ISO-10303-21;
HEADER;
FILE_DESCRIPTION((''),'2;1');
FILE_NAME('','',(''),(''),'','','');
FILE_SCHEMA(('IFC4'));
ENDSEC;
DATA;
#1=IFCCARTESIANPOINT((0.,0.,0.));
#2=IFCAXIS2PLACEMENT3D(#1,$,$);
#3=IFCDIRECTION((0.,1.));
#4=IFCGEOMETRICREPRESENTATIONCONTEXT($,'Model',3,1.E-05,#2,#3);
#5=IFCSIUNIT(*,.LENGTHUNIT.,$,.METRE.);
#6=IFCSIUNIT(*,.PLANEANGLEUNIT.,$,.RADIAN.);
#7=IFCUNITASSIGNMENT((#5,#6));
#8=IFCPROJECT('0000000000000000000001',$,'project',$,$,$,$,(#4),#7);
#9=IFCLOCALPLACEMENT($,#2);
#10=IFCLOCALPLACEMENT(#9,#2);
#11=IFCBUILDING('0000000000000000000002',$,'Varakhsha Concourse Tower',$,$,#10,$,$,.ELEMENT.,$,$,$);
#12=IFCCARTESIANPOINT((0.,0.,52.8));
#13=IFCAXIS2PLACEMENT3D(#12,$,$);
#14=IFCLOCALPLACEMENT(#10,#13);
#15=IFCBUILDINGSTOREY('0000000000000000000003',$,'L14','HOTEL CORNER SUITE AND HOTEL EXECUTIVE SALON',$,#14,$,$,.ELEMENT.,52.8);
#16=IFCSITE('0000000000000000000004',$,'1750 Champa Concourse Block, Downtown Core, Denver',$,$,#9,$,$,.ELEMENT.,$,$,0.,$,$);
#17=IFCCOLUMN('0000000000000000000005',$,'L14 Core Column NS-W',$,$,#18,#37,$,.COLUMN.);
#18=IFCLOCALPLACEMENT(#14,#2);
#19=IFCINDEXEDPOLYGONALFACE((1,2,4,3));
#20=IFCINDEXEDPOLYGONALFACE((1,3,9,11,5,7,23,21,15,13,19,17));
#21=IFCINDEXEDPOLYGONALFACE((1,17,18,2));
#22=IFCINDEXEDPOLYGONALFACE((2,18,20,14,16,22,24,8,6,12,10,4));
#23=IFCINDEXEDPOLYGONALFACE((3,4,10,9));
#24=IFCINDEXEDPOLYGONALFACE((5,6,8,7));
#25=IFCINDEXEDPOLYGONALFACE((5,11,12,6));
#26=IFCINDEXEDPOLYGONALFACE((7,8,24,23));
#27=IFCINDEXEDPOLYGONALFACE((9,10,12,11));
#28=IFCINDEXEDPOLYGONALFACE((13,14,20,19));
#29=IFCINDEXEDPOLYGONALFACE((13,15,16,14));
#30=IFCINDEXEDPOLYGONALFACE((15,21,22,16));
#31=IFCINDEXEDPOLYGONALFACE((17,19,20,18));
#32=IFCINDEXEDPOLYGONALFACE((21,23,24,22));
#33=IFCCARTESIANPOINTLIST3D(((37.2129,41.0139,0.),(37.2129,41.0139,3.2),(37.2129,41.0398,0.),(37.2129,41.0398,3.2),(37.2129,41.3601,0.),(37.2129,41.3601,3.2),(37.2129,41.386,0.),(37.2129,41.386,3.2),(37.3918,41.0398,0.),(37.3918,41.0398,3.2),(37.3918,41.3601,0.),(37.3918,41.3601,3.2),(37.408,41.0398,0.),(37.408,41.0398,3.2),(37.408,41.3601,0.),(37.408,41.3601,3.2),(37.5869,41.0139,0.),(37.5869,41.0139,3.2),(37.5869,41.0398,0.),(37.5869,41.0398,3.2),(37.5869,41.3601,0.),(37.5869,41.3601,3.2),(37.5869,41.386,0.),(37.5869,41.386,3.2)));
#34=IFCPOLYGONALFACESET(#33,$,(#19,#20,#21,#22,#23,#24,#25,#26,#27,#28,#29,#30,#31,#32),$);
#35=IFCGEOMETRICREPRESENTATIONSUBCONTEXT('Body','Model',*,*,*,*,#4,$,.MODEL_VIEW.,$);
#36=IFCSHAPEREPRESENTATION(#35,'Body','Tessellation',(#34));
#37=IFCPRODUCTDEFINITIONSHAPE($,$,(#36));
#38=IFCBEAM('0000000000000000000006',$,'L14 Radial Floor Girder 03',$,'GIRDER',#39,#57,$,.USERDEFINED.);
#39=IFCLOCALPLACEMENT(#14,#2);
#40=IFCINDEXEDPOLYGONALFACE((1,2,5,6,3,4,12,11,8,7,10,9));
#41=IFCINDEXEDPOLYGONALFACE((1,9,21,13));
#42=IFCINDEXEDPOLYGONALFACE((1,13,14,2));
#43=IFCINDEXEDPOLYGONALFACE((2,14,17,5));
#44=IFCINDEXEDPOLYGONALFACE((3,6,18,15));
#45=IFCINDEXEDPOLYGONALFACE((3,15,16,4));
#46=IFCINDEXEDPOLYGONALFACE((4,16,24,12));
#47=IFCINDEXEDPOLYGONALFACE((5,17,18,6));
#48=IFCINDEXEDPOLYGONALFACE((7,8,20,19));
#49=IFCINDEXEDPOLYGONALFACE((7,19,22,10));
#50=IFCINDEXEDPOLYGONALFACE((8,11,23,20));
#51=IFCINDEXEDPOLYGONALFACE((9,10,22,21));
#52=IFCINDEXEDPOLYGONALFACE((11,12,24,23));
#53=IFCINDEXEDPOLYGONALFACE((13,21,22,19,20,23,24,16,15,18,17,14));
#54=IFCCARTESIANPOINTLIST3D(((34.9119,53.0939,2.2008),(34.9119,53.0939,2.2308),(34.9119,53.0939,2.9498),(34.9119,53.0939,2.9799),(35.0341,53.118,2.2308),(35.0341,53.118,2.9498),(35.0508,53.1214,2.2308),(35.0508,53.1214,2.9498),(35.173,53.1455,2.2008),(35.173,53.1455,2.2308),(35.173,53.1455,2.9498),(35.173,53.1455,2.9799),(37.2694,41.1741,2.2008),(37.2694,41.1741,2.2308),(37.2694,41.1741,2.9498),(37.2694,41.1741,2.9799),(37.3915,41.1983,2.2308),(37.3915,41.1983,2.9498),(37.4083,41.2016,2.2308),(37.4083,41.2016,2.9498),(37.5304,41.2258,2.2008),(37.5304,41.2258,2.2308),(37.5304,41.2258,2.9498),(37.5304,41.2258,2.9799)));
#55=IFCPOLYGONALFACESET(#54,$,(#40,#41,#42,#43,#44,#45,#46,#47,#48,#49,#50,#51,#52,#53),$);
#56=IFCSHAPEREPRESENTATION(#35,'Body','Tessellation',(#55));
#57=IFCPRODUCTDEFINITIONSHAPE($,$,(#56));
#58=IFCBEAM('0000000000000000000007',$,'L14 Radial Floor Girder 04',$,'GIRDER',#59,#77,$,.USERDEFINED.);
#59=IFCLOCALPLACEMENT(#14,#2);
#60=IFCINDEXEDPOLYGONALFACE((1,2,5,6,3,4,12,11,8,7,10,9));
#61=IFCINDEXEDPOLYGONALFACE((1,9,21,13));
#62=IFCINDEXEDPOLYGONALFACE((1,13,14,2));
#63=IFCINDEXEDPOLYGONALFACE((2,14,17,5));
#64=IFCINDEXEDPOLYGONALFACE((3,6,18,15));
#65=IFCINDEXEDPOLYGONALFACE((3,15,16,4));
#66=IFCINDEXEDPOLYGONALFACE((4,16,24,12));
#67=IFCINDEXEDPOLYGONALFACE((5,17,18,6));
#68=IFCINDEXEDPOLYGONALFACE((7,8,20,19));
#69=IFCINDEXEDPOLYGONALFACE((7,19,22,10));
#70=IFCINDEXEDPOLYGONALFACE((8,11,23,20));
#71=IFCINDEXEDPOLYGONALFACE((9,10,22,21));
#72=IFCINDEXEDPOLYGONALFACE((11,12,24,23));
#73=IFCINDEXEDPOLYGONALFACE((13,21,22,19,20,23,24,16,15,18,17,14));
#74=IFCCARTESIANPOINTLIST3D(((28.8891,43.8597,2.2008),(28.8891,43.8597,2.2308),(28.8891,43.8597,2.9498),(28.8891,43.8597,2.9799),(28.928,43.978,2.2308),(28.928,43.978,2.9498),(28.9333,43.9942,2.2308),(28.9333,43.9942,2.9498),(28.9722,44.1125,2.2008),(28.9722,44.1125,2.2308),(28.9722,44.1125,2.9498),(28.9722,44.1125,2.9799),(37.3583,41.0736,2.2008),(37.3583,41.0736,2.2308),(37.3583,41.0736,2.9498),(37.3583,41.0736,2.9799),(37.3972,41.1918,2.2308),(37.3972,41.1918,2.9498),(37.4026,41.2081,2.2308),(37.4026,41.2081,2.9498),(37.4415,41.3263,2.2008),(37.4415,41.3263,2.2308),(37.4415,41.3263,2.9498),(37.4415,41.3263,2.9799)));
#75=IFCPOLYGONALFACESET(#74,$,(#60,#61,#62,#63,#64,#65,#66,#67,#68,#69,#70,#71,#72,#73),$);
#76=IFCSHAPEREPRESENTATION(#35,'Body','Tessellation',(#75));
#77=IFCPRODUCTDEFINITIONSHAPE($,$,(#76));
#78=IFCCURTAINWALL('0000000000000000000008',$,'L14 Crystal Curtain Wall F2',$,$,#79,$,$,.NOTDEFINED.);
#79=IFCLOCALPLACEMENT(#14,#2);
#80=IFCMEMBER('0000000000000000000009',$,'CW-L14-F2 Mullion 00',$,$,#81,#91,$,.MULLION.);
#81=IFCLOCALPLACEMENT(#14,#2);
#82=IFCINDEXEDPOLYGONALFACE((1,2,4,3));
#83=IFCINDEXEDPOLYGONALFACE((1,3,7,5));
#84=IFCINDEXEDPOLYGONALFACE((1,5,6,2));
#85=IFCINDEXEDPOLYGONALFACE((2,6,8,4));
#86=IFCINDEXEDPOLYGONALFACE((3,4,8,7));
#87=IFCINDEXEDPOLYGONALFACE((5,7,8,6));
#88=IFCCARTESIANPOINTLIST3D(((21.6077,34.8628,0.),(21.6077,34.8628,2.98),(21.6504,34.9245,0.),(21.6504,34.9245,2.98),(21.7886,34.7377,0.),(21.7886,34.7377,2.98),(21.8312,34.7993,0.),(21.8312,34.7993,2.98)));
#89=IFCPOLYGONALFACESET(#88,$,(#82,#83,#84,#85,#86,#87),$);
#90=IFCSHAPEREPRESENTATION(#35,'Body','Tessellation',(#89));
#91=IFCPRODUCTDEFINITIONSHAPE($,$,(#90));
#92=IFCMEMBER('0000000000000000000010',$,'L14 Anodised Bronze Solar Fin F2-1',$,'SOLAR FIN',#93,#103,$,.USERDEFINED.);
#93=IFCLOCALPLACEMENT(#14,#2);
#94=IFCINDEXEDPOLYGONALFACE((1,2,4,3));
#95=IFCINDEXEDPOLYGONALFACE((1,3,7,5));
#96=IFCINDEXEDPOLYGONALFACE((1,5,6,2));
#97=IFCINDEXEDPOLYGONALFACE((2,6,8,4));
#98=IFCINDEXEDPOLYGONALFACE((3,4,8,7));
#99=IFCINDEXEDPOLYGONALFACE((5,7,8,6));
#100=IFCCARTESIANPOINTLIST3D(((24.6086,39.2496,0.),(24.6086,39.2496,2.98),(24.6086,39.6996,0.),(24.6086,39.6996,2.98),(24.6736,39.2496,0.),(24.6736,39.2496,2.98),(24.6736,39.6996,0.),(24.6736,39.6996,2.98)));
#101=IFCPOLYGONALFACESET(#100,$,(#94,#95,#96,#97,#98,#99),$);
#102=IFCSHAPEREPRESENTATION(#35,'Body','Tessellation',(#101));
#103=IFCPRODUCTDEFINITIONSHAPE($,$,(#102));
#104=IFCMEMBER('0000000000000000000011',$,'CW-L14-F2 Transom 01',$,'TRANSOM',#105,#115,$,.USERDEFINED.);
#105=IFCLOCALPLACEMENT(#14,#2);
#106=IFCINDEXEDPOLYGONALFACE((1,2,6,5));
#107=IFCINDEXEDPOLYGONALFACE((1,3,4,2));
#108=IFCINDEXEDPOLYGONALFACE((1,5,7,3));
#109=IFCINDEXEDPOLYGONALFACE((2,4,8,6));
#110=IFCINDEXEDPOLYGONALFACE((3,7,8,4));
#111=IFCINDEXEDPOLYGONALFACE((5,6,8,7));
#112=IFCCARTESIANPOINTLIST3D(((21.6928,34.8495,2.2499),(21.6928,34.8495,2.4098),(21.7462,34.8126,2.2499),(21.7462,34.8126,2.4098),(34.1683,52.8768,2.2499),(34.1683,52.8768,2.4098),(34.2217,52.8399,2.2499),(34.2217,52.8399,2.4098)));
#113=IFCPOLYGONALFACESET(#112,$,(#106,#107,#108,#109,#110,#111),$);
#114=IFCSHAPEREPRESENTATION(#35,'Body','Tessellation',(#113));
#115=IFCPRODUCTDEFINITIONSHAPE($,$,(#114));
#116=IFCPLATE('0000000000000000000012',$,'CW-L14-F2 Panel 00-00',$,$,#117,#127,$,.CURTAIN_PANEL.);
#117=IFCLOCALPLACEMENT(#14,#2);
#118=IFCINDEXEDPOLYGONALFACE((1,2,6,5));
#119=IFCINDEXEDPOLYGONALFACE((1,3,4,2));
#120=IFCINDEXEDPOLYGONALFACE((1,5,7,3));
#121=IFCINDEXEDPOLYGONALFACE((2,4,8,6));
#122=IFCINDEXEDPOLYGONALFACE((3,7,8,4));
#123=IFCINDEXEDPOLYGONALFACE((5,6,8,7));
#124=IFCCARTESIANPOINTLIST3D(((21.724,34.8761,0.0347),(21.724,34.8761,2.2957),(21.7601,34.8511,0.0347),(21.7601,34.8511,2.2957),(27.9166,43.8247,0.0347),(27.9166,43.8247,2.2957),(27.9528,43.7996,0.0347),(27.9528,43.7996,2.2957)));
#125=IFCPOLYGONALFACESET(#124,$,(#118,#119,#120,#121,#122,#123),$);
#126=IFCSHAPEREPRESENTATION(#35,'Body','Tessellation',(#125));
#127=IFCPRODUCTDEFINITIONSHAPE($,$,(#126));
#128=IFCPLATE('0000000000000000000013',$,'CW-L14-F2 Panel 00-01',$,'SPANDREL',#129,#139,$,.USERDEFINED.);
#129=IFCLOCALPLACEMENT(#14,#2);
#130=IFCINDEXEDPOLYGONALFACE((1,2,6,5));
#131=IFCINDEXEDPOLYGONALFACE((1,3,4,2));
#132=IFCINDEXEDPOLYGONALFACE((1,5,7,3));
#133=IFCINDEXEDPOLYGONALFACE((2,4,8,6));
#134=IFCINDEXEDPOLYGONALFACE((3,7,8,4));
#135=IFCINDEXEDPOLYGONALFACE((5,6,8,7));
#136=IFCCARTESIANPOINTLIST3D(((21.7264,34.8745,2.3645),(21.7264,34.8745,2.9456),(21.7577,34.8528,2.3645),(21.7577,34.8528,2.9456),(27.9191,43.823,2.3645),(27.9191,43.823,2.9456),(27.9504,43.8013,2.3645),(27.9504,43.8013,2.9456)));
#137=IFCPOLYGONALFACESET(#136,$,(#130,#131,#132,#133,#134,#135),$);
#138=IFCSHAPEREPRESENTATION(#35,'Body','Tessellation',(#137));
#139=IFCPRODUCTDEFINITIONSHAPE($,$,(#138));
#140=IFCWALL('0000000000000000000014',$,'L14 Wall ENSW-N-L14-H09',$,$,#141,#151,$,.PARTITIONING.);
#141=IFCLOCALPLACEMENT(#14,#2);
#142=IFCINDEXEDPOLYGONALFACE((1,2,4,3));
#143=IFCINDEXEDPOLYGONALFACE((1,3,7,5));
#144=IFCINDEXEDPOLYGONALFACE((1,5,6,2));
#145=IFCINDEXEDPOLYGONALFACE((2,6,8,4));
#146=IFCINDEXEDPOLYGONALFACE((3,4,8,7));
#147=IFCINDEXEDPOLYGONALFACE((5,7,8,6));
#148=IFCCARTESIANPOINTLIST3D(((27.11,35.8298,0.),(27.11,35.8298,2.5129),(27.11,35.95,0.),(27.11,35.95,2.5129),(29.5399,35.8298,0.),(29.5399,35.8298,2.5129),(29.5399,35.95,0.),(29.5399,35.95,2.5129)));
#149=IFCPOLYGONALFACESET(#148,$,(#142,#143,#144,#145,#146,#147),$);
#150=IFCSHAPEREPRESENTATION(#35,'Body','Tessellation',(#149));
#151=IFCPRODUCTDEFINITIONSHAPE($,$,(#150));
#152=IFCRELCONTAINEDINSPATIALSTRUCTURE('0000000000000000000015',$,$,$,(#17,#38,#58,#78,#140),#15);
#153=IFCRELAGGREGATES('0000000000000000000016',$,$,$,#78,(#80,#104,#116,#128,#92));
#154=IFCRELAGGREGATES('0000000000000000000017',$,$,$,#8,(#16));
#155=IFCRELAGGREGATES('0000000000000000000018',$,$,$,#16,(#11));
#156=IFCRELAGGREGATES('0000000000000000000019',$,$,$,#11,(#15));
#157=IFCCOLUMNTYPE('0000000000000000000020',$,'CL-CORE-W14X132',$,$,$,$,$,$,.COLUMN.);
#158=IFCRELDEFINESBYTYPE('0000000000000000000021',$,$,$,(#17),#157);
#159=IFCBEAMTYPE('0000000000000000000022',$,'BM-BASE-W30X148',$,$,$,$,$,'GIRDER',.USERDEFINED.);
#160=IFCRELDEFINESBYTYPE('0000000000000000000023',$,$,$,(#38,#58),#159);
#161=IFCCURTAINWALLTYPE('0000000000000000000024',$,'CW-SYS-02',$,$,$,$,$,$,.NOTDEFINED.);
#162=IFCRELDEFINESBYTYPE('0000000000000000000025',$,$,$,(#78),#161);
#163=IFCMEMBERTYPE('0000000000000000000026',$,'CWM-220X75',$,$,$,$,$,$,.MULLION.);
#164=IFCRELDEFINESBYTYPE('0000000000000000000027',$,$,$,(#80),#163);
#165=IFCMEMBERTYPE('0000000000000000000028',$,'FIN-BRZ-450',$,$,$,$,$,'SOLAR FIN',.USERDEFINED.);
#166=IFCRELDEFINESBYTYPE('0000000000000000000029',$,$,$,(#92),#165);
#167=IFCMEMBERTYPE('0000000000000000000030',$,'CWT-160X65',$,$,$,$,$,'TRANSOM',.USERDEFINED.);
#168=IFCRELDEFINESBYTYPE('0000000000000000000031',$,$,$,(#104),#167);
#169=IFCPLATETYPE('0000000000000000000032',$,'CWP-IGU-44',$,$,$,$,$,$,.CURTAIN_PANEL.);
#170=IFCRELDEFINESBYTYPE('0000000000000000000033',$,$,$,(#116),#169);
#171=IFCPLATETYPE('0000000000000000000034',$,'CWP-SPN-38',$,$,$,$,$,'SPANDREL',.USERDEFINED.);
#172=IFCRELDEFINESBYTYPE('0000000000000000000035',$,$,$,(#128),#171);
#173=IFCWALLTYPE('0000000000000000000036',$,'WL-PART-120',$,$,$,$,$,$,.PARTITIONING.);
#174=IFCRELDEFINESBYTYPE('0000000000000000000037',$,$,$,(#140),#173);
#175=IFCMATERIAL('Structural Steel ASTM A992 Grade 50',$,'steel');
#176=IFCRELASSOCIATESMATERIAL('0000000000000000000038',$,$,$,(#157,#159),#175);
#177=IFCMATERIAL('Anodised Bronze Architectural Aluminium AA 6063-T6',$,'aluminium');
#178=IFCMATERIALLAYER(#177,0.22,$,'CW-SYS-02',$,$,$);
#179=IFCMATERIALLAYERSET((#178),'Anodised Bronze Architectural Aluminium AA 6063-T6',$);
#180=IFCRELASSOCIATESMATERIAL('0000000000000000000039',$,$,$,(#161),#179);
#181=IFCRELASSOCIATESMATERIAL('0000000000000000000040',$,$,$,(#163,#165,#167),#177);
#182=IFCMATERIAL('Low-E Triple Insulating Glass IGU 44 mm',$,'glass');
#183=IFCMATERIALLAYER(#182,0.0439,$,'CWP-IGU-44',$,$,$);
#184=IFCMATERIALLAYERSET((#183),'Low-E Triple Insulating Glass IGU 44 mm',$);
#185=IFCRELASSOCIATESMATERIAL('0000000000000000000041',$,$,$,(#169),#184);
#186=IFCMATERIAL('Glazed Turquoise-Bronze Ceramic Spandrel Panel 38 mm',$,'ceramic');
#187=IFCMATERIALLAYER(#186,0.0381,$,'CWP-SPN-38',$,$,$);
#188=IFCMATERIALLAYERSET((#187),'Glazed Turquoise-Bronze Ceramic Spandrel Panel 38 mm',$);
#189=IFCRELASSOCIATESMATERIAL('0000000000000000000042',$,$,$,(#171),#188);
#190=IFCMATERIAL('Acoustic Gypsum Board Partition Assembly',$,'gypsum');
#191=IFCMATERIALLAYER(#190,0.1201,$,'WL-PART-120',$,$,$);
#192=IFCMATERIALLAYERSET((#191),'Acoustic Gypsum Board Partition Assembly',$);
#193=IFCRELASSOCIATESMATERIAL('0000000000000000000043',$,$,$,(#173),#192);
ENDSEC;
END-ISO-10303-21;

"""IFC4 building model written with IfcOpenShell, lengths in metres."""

from ifc_helpers import new_model, si_unit, direction, frame, frame_2d, origin, origin_2d, place, context, subcontext, project, spatial, rectangle, i_section, extrude, source, transform, mapped, material, layer, layer_set, material_profile, profile_set, type_object, type_shapes, element, aggregate, save


model = new_model("IFC4")

# Units and contexts
model_context = context("Model", 3, precision=1e-05, world=origin(), true_north=direction((0.0, 1.0)))
body_context = subcontext(model_context, "Body", "Model", "MODEL_VIEW")
ifc_project = project(units=[si_unit("LENGTHUNIT", "METRE"), si_unit("PLANEANGLEUNIT", "RADIAN")], contexts=[model_context])

# Site, building, storey
site_placement = place(None, origin())
site = spatial("IfcSite", under=ifc_project, at=site_placement, Name="1750 Champa Concourse Block, Downtown Core, Denver", CompositionType="ELEMENT", RefElevation=0.0)
building_placement = place(site_placement, origin())
building = spatial("IfcBuilding", under=site, at=building_placement, Name="Varakhsha Concourse Tower", CompositionType="ELEMENT")
storey_placement = place(building_placement, frame((0.0, 0.0, 52.8)))
storey = spatial("IfcBuildingStorey", under=building, at=storey_placement, Name="L14", Description="HOTEL CORNER SUITE AND HOTEL EXECUTIVE SALON", CompositionType="ELEMENT", Elevation=52.8)

# Column
ifc_material_1 = material(Name="Structural Steel ASTM A992 Grade 50", Category="steel")
ifc_material_profile_1 = material_profile(ifc_material_1, i_section(OverallWidth=0.374, OverallDepth=0.3721, WebThickness=0.0161, FlangeThickness=0.0259, at=origin_2d()), Name="W14X132")
ifc_profile_set_1 = profile_set([ifc_material_profile_1], Name="Structural Steel ASTM A992 Grade 50")
column_type = type_object("IfcColumnType", Name="CL-CORE-W14X132", PredefinedType="COLUMN", material=ifc_profile_set_1)
column_placement = place(storey_placement, frame((37.3999, 41.2, 0.0), z_axis=(0.0, 0.0, 1.0), x_axis=(1.0, 0.0, 0.0)))
element("IfcColumn", 1, at=column_placement, inside=storey, type_object=column_type, Name="L14 Core Column NS-W", PredefinedType="COLUMN", context=body_context, shape_type="SweptSolid", body=[
    extrude(i_section(OverallWidth=0.374, OverallDepth=0.3721, WebThickness=0.0161, FlangeThickness=0.0259, at=origin_2d()), origin(), (0.0, 0.0, 1.0), 3.2),
])

# Beams
ifc_material_profile_2 = material_profile(ifc_material_1, i_section(OverallWidth=0.2661, OverallDepth=0.7791, WebThickness=0.0171, FlangeThickness=0.03, at=origin_2d()), Name="W30X148")
ifc_profile_set_2 = profile_set([ifc_material_profile_2], Name="Structural Steel ASTM A992 Grade 50")
beam_type = type_object("IfcBeamType", Name="BM-BASE-W30X148", ElementType="GIRDER", PredefinedType="USERDEFINED", material=ifc_profile_set_2)
beam_1_placement = place(storey_placement, frame((37.3999, 41.2, 2.5903), z_axis=(-0.194018, 0.980998, 0.0), x_axis=(-0.980998, -0.194018, 0.0)))
element("IfcBeam", 2, at=beam_1_placement, inside=storey, type_object=beam_type, Name="L14 Radial Floor Girder 03", ObjectType="GIRDER", PredefinedType="USERDEFINED", context=body_context, shape_type="SweptSolid", body=[
    extrude(i_section(OverallWidth=0.2661, OverallDepth=0.7791, WebThickness=0.0171, FlangeThickness=0.03, at=origin_2d()), origin(), (0.0, 0.0, 1.0), 12.1506),
])
beam_2_placement = place(storey_placement, frame((37.3999, 41.2, 2.5903), z_axis=(-0.949919, 0.312496, 0.0), x_axis=(-0.312496, -0.949919, 0.0)))
element("IfcBeam", 3, at=beam_2_placement, inside=storey, type_object=beam_type, Name="L14 Radial Floor Girder 04", ObjectType="GIRDER", PredefinedType="USERDEFINED", context=body_context, shape_type="SweptSolid", body=[
    extrude(i_section(OverallWidth=0.2661, OverallDepth=0.7791, WebThickness=0.0171, FlangeThickness=0.03, at=origin_2d()), origin(), (0.0, 0.0, 1.0), 8.9158),
])

# Curtain wall, members, plates
ifc_material_2 = material(Name="Anodised Bronze Architectural Aluminium AA 6063-T6", Category="aluminium")
ifc_layer_1 = layer(ifc_material_2, 0.22, Name="CW-SYS-02")
ifc_layer_set_1 = layer_set([ifc_layer_1], Name="Anodised Bronze Architectural Aluminium AA 6063-T6")
curtain_wall_type = type_object("IfcCurtainWallType", Name="CW-SYS-02", PredefinedType="NOTDEFINED", material=ifc_layer_set_1)
curtain_wall_placement = place(storey_placement, origin())
curtain_wall = element("IfcCurtainWall", 4, at=curtain_wall_placement, inside=storey, type_object=curtain_wall_type, Name="L14 Crystal Curtain Wall F2", PredefinedType="NOTDEFINED")
ifc_material_profile_3 = material_profile(ifc_material_2, rectangle(XDim=0.075, YDim=0.22, at=origin_2d()), Name="CWM-220X75")
ifc_profile_set_3 = profile_set([ifc_material_profile_3], Name="Anodised Bronze Architectural Aluminium AA 6063-T6")
member_type_1 = type_object("IfcMemberType", Name="CWM-220X75", PredefinedType="MULLION", material=ifc_profile_set_3)
shared_shape_1 = source(origin(), body_context, "Body", "SweptSolid", [
    extrude(rectangle(XDim=0.075, YDim=0.22, at=origin_2d()), origin(), (0.0, 0.0, 1.0), 2.98),
])
type_shapes(member_type_1, [shared_shape_1])
member_1_placement = place(storey_placement, frame((21.7195, 34.8311, 0.0), z_axis=(0.0, 0.0, 1.0), x_axis=(0.569057, 0.822298, 0.0)))
member_1 = element("IfcMember", 5, at=member_1_placement, type_object=member_type_1, Name="CW-L14-F2 Mullion 00", PredefinedType="MULLION", context=body_context, shape_type="MappedRepresentation", body=[
    mapped(shared_shape_1, transform((0.0, 0.0, 0.0), scale=1.0)),
])
ifc_material_profile_4 = material_profile(ifc_material_2, rectangle(XDim=0.0649, YDim=0.45, at=origin_2d()), Name="FIN-BRZ-450")
ifc_profile_set_4 = profile_set([ifc_material_profile_4], Name="Anodised Bronze Architectural Aluminium AA 6063-T6")
member_type_2 = type_object("IfcMemberType", Name="FIN-BRZ-450", ElementType="SOLAR FIN", PredefinedType="USERDEFINED", material=ifc_profile_set_4)
shared_shape_2 = source(origin(), body_context, "Body", "SweptSolid", [
    extrude(rectangle(XDim=0.0649, YDim=0.45, at=origin_2d()), origin(), (0.0, 0.0, 1.0), 2.98),
])
type_shapes(member_type_2, [shared_shape_2])
member_2_placement = place(storey_placement, frame((24.6411, 39.4746, 0.0), z_axis=(0.0, 0.0, 1.0), x_axis=(1.0, 0.0, 0.0)))
member_2 = element("IfcMember", 6, at=member_2_placement, type_object=member_type_2, Name="L14 Anodised Bronze Solar Fin F2-1", ObjectType="SOLAR FIN", PredefinedType="USERDEFINED", context=body_context, shape_type="MappedRepresentation", body=[
    mapped(shared_shape_2, transform((0.0, 0.0, 0.0), scale=1.0)),
])
ifc_material_profile_5 = material_profile(ifc_material_2, rectangle(XDim=0.0649, YDim=0.1599, at=origin_2d()), Name="CWT-160X65")
ifc_profile_set_5 = profile_set([ifc_material_profile_5], Name="Anodised Bronze Architectural Aluminium AA 6063-T6")
member_type_3 = type_object("IfcMemberType", Name="CWT-160X65", ElementType="TRANSOM", PredefinedType="USERDEFINED", material=ifc_profile_set_5)
shared_shape_3 = source(origin(), body_context, "Body", "SweptSolid", [
    extrude(rectangle(XDim=0.0649, YDim=0.1599, at=origin_2d()), origin(), (0.0, 0.0, 1.0), 21.9231),
])
type_shapes(member_type_3, [shared_shape_3])
member_3_placement = place(storey_placement, frame((21.7195, 34.8311, 2.3298), z_axis=(0.569059, 0.822296, 0.0), x_axis=(-0.822296, 0.569059, 0.0)))
member_3 = element("IfcMember", 7, at=member_3_placement, type_object=member_type_3, Name="CW-L14-F2 Transom 01", ObjectType="TRANSOM", PredefinedType="USERDEFINED", context=body_context, shape_type="MappedRepresentation", body=[
    mapped(shared_shape_3, transform((0.0, 0.0, 0.0), scale=1.0)),
])
ifc_material_3 = material(Name="Low-E Triple Insulating Glass IGU 44 mm", Category="glass")
ifc_layer_2 = layer(ifc_material_3, 0.0439, Name="CWP-IGU-44")
ifc_layer_set_2 = layer_set([ifc_layer_2], Name="Low-E Triple Insulating Glass IGU 44 mm")
plate_type_1 = type_object("IfcPlateType", Name="CWP-IGU-44", PredefinedType="CURTAIN_PANEL", material=ifc_layer_set_2)
shared_shape_4 = source(origin(), body_context, "Body", "SweptSolid", [
    extrude(rectangle(XDim=10.8823, YDim=0.0439, at=origin_2d()), origin(), (0.0, 0.0, 1.0), 2.261),
])
type_shapes(plate_type_1, [shared_shape_4])
plate_1_placement = place(storey_placement, frame((24.8384, 39.3379, 0.0347), z_axis=(0.0, 0.0, 1.0), x_axis=(0.569057, 0.822298, 0.0)))
plate_1 = element("IfcPlate", 8, at=plate_1_placement, type_object=plate_type_1, Name="CW-L14-F2 Panel 00-00", PredefinedType="CURTAIN_PANEL", context=body_context, shape_type="MappedRepresentation", body=[
    mapped(shared_shape_4, transform((0.0, 0.0, 0.0), scale=1.0)),
])
ifc_material_4 = material(Name="Glazed Turquoise-Bronze Ceramic Spandrel Panel 38 mm", Category="ceramic")
ifc_layer_3 = layer(ifc_material_4, 0.0381, Name="CWP-SPN-38")
ifc_layer_set_3 = layer_set([ifc_layer_3], Name="Glazed Turquoise-Bronze Ceramic Spandrel Panel 38 mm")
plate_type_2 = type_object("IfcPlateType", Name="CWP-SPN-38", ElementType="SPANDREL", PredefinedType="USERDEFINED", material=ifc_layer_set_3)
shared_shape_5 = source(origin(), body_context, "Body", "SweptSolid", [
    extrude(rectangle(XDim=10.8823, YDim=0.0381, at=origin_2d()), origin(), (0.0, 0.0, 1.0), 0.5811),
])
type_shapes(plate_type_2, [shared_shape_5])
plate_2_placement = place(storey_placement, frame((24.8384, 39.3379, 2.3645), z_axis=(0.0, 0.0, 1.0), x_axis=(0.569057, 0.822298, 0.0)))
plate_2 = element("IfcPlate", 9, at=plate_2_placement, type_object=plate_type_2, Name="CW-L14-F2 Panel 00-01", ObjectType="SPANDREL", PredefinedType="USERDEFINED", context=body_context, shape_type="MappedRepresentation", body=[
    mapped(shared_shape_5, transform((0.0, 0.0, 0.0), scale=1.0)),
])
aggregate(curtain_wall, [member_1, member_3, plate_1, plate_2, member_2])

# Wall
ifc_material_5 = material(Name="Acoustic Gypsum Board Partition Assembly", Category="gypsum")
ifc_layer_4 = layer(ifc_material_5, 0.1201, Name="WL-PART-120")
ifc_layer_set_4 = layer_set([ifc_layer_4], Name="Acoustic Gypsum Board Partition Assembly")
wall_type_1 = type_object("IfcWallType", Name="WL-PART-120", PredefinedType="PARTITIONING", material=ifc_layer_set_4)
wall_1_placement = place(storey_placement, frame((27.1101, 35.8899, 0.0), z_axis=(0.0, 0.0, 1.0), x_axis=(1.0, 0.0, 0.0)))
element("IfcWall", 10, at=wall_1_placement, inside=storey, type_object=wall_type_1, Name="L14 Wall ENSW-N-L14-H09", PredefinedType="PARTITIONING", context=body_context, shape_type="SweptSolid", body=[
    extrude(rectangle(XDim=2.4299, YDim=0.1201, at=frame_2d((1.2148, 0.0))), origin(), (0.0, 0.0, 1.0), 2.5129),
])

save(model, "model.ifc")
